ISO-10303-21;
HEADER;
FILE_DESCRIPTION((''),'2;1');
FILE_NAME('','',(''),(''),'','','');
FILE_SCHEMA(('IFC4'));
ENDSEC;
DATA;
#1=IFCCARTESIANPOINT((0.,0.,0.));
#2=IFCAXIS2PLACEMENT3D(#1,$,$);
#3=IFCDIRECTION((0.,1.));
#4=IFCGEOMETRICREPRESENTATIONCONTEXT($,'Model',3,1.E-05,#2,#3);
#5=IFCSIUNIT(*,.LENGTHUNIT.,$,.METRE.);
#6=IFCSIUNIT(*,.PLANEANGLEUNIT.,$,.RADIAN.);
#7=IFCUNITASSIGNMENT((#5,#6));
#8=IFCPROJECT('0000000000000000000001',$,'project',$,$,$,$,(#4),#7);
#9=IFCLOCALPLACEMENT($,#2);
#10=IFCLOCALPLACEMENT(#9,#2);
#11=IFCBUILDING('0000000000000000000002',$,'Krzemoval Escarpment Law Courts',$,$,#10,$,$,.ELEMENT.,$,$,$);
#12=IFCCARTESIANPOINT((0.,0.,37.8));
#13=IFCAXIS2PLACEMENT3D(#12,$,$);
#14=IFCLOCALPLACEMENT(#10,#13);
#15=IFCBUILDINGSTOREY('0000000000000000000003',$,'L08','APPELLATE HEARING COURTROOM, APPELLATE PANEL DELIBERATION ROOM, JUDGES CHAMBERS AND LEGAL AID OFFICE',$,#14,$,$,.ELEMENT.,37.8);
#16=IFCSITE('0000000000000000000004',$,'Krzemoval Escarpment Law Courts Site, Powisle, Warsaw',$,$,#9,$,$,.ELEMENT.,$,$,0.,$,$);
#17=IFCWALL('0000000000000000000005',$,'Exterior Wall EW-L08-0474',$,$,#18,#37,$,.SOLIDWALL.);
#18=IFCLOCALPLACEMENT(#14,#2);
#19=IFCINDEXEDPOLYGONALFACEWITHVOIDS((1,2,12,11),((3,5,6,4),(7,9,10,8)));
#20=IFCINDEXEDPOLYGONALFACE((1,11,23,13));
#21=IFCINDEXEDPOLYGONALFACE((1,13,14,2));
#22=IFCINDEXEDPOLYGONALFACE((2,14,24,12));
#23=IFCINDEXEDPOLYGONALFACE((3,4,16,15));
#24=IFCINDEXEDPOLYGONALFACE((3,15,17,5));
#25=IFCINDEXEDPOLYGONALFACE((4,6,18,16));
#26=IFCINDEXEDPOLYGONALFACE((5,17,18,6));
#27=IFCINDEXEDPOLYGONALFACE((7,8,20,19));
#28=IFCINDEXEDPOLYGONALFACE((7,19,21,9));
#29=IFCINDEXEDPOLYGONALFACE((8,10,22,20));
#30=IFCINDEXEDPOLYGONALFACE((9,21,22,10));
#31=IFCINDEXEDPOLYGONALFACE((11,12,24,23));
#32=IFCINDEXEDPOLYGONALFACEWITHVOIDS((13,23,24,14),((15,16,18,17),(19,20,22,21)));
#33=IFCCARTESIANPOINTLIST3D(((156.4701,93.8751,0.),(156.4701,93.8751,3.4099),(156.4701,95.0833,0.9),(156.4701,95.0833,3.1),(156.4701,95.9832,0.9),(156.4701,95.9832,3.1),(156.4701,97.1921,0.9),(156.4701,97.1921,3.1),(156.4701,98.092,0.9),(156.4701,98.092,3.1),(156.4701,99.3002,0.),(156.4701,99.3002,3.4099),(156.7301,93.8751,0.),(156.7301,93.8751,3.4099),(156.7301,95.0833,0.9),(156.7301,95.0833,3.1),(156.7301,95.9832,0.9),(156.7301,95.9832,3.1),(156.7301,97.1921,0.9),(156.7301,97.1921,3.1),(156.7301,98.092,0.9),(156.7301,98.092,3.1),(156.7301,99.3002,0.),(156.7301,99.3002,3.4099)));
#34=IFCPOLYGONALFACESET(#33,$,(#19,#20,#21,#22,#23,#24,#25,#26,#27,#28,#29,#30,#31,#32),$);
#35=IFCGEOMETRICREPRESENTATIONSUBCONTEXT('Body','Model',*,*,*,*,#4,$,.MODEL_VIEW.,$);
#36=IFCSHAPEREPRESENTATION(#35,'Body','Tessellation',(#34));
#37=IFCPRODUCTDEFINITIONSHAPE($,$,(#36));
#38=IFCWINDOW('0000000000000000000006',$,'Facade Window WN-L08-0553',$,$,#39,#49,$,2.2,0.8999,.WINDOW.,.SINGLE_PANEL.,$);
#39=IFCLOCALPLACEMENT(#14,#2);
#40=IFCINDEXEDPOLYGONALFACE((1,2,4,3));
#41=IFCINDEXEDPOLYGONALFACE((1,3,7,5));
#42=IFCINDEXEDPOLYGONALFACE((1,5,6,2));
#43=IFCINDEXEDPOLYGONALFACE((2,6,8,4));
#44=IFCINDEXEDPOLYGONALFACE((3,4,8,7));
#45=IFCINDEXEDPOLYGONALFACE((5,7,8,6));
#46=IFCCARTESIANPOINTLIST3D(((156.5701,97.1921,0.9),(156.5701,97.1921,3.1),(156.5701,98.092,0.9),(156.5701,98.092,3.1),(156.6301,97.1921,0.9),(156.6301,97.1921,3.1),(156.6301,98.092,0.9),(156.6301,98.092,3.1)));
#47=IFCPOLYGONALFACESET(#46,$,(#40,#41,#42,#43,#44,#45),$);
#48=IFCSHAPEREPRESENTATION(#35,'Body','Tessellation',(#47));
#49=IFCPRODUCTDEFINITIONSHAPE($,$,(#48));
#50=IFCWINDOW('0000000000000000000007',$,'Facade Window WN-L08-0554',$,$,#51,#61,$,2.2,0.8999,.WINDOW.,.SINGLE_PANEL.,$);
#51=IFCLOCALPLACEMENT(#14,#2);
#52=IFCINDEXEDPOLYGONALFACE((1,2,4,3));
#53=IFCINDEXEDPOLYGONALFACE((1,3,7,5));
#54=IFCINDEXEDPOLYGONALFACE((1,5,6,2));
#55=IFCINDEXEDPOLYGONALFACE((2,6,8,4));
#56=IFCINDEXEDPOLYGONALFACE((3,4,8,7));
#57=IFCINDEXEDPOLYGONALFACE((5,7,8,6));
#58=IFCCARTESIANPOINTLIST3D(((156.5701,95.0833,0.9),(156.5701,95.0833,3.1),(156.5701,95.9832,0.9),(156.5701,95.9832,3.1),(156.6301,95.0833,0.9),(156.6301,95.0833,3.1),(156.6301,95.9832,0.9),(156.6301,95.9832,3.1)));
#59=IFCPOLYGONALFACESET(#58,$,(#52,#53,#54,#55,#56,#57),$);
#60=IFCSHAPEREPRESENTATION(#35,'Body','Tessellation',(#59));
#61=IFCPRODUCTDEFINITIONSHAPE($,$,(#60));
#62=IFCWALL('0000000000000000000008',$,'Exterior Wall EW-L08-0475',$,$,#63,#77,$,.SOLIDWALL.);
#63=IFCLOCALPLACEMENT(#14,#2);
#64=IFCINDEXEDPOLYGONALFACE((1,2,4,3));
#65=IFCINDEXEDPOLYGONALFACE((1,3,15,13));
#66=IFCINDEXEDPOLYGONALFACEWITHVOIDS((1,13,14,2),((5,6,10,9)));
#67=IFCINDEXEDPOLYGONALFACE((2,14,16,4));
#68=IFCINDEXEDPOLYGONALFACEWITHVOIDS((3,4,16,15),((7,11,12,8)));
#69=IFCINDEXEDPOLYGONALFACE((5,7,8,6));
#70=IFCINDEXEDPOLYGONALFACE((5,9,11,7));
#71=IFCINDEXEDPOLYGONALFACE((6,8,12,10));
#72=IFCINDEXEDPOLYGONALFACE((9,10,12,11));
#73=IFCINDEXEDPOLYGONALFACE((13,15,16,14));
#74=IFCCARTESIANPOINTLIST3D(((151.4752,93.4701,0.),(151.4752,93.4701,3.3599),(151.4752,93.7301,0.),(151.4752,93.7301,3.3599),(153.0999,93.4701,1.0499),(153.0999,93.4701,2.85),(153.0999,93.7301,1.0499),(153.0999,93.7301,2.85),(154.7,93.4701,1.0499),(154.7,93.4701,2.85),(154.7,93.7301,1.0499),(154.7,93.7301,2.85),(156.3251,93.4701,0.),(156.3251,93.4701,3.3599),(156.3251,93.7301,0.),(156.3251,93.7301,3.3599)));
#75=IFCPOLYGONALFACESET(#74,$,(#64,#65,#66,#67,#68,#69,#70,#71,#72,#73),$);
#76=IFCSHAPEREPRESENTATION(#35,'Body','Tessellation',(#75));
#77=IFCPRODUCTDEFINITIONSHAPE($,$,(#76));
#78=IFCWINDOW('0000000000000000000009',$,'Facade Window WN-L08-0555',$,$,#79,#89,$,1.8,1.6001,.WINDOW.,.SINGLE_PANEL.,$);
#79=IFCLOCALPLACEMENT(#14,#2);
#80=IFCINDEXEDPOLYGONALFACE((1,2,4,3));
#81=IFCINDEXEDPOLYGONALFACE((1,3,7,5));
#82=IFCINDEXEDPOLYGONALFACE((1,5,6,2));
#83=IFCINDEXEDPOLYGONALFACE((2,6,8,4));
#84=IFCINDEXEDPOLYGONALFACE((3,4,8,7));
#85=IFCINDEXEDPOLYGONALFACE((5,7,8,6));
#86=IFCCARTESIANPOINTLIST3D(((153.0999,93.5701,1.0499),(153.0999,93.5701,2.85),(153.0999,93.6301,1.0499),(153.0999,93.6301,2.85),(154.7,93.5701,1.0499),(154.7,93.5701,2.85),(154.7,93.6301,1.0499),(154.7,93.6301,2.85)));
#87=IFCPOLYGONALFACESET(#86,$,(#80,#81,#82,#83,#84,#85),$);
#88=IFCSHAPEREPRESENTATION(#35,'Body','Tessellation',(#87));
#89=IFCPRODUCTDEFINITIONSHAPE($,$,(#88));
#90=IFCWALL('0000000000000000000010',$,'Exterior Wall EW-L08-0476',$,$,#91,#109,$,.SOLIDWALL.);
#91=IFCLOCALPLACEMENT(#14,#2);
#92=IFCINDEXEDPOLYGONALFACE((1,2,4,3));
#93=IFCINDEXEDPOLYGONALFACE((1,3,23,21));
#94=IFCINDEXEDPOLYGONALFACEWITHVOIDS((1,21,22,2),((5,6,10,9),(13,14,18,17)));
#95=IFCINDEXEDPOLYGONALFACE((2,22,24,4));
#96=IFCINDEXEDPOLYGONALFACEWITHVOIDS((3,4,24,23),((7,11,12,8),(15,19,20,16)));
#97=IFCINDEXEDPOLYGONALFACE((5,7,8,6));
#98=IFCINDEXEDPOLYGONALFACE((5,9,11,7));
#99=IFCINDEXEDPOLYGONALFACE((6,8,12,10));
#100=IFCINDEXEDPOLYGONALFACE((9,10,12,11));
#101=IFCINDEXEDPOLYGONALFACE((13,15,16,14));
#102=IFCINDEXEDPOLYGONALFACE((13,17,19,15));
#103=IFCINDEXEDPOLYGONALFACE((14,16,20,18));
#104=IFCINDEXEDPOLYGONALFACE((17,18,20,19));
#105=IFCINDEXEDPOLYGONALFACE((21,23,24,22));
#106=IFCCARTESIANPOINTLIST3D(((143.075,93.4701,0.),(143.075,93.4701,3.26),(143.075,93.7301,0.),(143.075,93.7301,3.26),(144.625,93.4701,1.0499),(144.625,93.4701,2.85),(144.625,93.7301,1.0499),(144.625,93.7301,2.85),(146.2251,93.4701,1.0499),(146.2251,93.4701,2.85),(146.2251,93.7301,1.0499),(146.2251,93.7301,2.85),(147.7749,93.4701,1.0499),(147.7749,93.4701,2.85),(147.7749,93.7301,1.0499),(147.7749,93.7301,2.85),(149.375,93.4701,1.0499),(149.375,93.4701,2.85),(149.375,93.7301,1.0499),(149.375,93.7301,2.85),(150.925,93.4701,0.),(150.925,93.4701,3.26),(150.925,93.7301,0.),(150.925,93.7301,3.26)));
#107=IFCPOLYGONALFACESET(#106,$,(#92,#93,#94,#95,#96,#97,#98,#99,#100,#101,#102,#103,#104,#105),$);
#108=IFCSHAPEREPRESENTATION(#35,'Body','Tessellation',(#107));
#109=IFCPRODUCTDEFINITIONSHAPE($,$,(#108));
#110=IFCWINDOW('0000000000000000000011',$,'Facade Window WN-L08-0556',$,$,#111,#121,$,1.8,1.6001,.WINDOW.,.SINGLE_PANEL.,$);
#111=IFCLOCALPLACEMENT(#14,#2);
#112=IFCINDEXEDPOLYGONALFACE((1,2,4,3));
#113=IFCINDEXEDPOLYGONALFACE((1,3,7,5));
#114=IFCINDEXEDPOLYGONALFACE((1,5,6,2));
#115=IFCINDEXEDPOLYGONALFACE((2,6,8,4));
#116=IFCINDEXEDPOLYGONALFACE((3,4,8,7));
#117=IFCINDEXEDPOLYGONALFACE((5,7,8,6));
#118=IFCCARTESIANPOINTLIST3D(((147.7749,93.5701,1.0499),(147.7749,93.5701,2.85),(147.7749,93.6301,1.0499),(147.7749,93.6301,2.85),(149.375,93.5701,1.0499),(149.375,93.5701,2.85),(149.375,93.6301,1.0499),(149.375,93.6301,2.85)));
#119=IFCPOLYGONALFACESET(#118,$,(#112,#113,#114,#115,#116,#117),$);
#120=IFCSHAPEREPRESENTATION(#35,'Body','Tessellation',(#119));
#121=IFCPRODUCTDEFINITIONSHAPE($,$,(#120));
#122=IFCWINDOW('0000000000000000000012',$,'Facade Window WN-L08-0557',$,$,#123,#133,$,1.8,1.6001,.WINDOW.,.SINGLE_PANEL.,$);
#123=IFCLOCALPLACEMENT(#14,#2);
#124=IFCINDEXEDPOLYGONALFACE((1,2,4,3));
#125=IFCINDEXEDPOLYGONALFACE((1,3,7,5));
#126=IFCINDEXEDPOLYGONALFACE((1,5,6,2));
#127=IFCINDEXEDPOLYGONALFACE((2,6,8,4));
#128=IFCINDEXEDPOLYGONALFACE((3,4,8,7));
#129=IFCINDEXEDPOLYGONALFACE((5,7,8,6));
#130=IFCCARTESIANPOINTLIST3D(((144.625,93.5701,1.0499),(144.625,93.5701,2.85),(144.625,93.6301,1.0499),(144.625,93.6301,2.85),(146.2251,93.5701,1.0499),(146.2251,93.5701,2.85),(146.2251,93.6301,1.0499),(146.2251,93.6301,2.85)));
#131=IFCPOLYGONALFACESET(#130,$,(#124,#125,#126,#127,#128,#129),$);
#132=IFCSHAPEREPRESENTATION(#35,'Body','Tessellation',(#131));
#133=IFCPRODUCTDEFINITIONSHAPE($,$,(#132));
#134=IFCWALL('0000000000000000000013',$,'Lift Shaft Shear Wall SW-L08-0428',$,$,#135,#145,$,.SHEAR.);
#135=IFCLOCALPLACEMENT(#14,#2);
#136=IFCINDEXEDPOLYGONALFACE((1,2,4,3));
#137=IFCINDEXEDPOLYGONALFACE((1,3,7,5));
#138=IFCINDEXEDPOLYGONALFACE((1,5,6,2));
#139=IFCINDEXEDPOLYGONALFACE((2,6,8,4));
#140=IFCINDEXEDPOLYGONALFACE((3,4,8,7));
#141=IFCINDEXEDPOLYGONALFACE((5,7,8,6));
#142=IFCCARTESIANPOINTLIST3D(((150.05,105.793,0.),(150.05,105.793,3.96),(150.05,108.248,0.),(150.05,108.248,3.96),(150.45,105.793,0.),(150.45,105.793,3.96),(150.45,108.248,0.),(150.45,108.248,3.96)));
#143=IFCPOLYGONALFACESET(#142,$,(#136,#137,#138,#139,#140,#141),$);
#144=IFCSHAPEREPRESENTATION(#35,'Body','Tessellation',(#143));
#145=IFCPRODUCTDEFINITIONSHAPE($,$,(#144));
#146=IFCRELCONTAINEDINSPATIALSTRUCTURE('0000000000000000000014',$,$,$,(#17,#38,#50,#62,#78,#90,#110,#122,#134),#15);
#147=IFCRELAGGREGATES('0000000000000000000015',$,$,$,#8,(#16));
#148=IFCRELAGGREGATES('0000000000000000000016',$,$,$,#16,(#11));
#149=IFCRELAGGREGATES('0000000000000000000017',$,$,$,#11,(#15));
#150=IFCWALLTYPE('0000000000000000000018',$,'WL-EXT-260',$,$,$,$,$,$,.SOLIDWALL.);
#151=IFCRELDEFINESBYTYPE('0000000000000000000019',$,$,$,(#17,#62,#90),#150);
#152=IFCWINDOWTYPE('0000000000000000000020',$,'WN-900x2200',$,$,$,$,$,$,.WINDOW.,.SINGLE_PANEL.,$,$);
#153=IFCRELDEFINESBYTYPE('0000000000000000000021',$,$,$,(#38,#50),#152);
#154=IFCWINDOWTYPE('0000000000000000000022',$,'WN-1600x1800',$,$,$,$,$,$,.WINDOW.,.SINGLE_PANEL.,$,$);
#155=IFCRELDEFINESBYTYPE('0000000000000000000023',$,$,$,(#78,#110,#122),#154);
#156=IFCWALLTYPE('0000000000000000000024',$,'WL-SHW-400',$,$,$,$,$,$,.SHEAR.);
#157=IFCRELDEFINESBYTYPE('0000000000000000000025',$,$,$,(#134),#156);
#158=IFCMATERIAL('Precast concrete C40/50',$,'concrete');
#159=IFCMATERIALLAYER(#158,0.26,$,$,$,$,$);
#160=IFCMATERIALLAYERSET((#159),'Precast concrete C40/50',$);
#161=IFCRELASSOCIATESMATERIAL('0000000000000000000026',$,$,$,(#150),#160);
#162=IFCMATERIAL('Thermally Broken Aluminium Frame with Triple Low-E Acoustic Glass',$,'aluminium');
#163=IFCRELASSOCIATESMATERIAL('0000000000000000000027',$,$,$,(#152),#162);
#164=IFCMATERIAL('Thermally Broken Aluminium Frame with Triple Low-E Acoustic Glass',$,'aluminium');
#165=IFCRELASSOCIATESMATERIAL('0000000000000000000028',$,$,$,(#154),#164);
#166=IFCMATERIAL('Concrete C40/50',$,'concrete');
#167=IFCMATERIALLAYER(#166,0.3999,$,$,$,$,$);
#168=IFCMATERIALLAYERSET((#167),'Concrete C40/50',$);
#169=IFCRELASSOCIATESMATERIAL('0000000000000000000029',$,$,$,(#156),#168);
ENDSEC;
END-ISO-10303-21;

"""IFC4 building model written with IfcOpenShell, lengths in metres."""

from ifc_helpers import new_model, si_unit, direction, frame, frame_2d, origin, place, context, subcontext, project, spatial, rectangle, extrude, material, layer, layer_set, type_object, element, fill, save


model = new_model("IFC4")

# Units and contexts
model_context = context("Model", 3, precision=1e-05, world=origin(), true_north=direction((0.0, 1.0)))
body_context = subcontext(model_context, "Body", "Model", "MODEL_VIEW")
ifc_project = project(units=[si_unit("LENGTHUNIT", "METRE"), si_unit("PLANEANGLEUNIT", "RADIAN")], contexts=[model_context])

# Site, building, storey
site_placement = place(None, origin())
site = spatial("IfcSite", under=ifc_project, at=site_placement, Name="Krzemoval Escarpment Law Courts Site, Powisle, Warsaw", CompositionType="ELEMENT", RefElevation=0.0)
building_placement = place(site_placement, origin())
building = spatial("IfcBuilding", under=site, at=building_placement, Name="Krzemoval Escarpment Law Courts", CompositionType="ELEMENT")
storey_placement = place(building_placement, frame((0.0, 0.0, 37.8)))
storey = spatial("IfcBuildingStorey", under=building, at=storey_placement, Name="L08", Description="APPELLATE HEARING COURTROOM, APPELLATE PANEL DELIBERATION ROOM, JUDGES CHAMBERS AND LEGAL AID OFFICE", CompositionType="ELEMENT", Elevation=37.8)

# Shared definitions
ifc_material_1 = material(Name="Precast concrete C40/50", Category="concrete")
ifc_layer_1 = layer(ifc_material_1, 0.26)
ifc_layer_set_1 = layer_set([ifc_layer_1], Name="Precast concrete C40/50")
wall_type_1 = type_object("IfcWallType", Name="WL-EXT-260", PredefinedType="SOLIDWALL", material=ifc_layer_set_1)

# Wall, openings, windows
wall_1_placement = place(storey_placement, frame((156.6001, 99.3, 0.0), z_axis=(0.0, 0.0, 1.0), x_axis=(0.0, -1.0, 0.0)))
wall_1 = element("IfcWall", 1, at=wall_1_placement, inside=storey, type_object=wall_type_1, Name="Exterior Wall EW-L08-0474", PredefinedType="SOLIDWALL", context=body_context, shape_type="SweptSolid", body=[
    extrude(rectangle(XDim=5.425, YDim=0.26, at=frame_2d((2.7124, 0.0))), origin(), (0.0, 0.0, 1.0), 3.4099),
])
opening_1_placement = place(wall_1_placement, frame((1.208, 0.0, 0.8999)))
opening_1 = element("IfcOpeningElement", 2, at=opening_1_placement, cuts=wall_1, PredefinedType="OPENING", context=body_context, shape_type="SweptSolid", body=[
    extrude(rectangle(XDim=0.8999, YDim=2.2, at=frame_2d((0.45, 1.1001))), frame((0.0, 0.145, 0.0), z_axis=(0.0, -1.0, 0.0), x_axis=(1.0, 0.0, 0.0)), (0.0, 0.0, 1.0), 0.29),
])
opening_2_placement = place(wall_1_placement, frame((3.3169, 0.0, 0.8999)))
opening_2 = element("IfcOpeningElement", 3, at=opening_2_placement, cuts=wall_1, PredefinedType="OPENING", context=body_context, shape_type="SweptSolid", body=[
    extrude(rectangle(XDim=0.8999, YDim=2.2, at=frame_2d((0.45, 1.1001))), frame((0.0, 0.145, 0.0), z_axis=(0.0, -1.0, 0.0), x_axis=(1.0, 0.0, 0.0)), (0.0, 0.0, 1.0), 0.29),
])
ifc_material_2 = material(Name="Thermally Broken Aluminium Frame with Triple Low-E Acoustic Glass", Category="aluminium")
window_type_1 = type_object("IfcWindowType", Name="WN-900x2200", PartitioningType="SINGLE_PANEL", PredefinedType="WINDOW", material=ifc_material_2)
window_1_placement = place(opening_1_placement, origin())
window_1 = element("IfcWindow", 4, at=window_1_placement, inside=storey, type_object=window_type_1, Name="Facade Window WN-L08-0553", OverallHeight=2.2, OverallWidth=0.8999, PartitioningType="SINGLE_PANEL", PredefinedType="WINDOW", context=body_context, shape_type="SweptSolid", body=[
    extrude(rectangle(XDim=0.8999, YDim=2.2, at=frame_2d((0.45, 1.1001))), frame((0.0, 0.03, 0.0), z_axis=(0.0, -1.0, 0.0), x_axis=(1.0, 0.0, 0.0)), (0.0, 0.0, 1.0), 0.0601),
])
fill(opening_1, window_1)
window_2_placement = place(opening_2_placement, origin())
window_2 = element("IfcWindow", 5, at=window_2_placement, inside=storey, type_object=window_type_1, Name="Facade Window WN-L08-0554", OverallHeight=2.2, OverallWidth=0.8999, PartitioningType="SINGLE_PANEL", PredefinedType="WINDOW", context=body_context, shape_type="SweptSolid", body=[
    extrude(rectangle(XDim=0.8999, YDim=2.2, at=frame_2d((0.45, 1.1001))), frame((0.0, 0.03, 0.0), z_axis=(0.0, -1.0, 0.0), x_axis=(1.0, 0.0, 0.0)), (0.0, 0.0, 1.0), 0.0601),
])
fill(opening_2, window_2)

# Wall, opening, window
wall_2_placement = place(storey_placement, frame((156.325, 93.6001, 0.0), z_axis=(0.0, 0.0, 1.0), x_axis=(-1.0, 0.0, 0.0)))
wall_2 = element("IfcWall", 6, at=wall_2_placement, inside=storey, type_object=wall_type_1, Name="Exterior Wall EW-L08-0475", PredefinedType="SOLIDWALL", context=body_context, shape_type="SweptSolid", body=[
    extrude(rectangle(XDim=4.8499, YDim=0.26, at=frame_2d((2.4248, 0.0))), origin(), (0.0, 0.0, 1.0), 3.3599),
])
opening_3_placement = place(wall_2_placement, frame((1.625, 0.0, 1.05)))
opening_3 = element("IfcOpeningElement", 7, at=opening_3_placement, cuts=wall_2, PredefinedType="OPENING", context=body_context, shape_type="SweptSolid", body=[
    extrude(rectangle(XDim=1.6001, YDim=1.8, at=frame_2d((0.8, 0.8999))), frame((0.0, 0.145, 0.0), z_axis=(0.0, -1.0, 0.0), x_axis=(1.0, 0.0, 0.0)), (0.0, 0.0, 1.0), 0.29),
])
ifc_material_3 = material(Name="Thermally Broken Aluminium Frame with Triple Low-E Acoustic Glass", Category="aluminium")
window_type_2 = type_object("IfcWindowType", Name="WN-1600x1800", PartitioningType="SINGLE_PANEL", PredefinedType="WINDOW", material=ifc_material_3)
window_3_placement = place(opening_3_placement, origin())
window_3 = element("IfcWindow", 8, at=window_3_placement, inside=storey, type_object=window_type_2, Name="Facade Window WN-L08-0555", OverallHeight=1.8, OverallWidth=1.6001, PartitioningType="SINGLE_PANEL", PredefinedType="WINDOW", context=body_context, shape_type="SweptSolid", body=[
    extrude(rectangle(XDim=1.6001, YDim=1.8, at=frame_2d((0.8, 0.8999))), frame((0.0, 0.03, 0.0), z_axis=(0.0, -1.0, 0.0), x_axis=(1.0, 0.0, 0.0)), (0.0, 0.0, 1.0), 0.0601),
])
fill(opening_3, window_3)

# Wall, openings, windows
wall_3_placement = place(storey_placement, frame((150.925, 93.6001, 0.0), z_axis=(0.0, 0.0, 1.0), x_axis=(-1.0, 0.0, 0.0)))
wall_3 = element("IfcWall", 9, at=wall_3_placement, inside=storey, type_object=wall_type_1, Name="Exterior Wall EW-L08-0476", PredefinedType="SOLIDWALL", context=body_context, shape_type="SweptSolid", body=[
    extrude(rectangle(XDim=7.8501, YDim=0.26, at=frame_2d((3.925, 0.0))), origin(), (0.0, 0.0, 1.0), 3.26),
])
opening_4_placement = place(wall_3_placement, frame((1.55, 0.0, 1.05)))
opening_4 = element("IfcOpeningElement", 10, at=opening_4_placement, cuts=wall_3, PredefinedType="OPENING", context=body_context, shape_type="SweptSolid", body=[
    extrude(rectangle(XDim=1.6001, YDim=1.8, at=frame_2d((0.8, 0.8999))), frame((0.0, 0.145, 0.0), z_axis=(0.0, -1.0, 0.0), x_axis=(1.0, 0.0, 0.0)), (0.0, 0.0, 1.0), 0.29),
])
opening_5_placement = place(wall_3_placement, frame((4.7, 0.0, 1.05)))
opening_5 = element("IfcOpeningElement", 11, at=opening_5_placement, cuts=wall_3, PredefinedType="OPENING", context=body_context, shape_type="SweptSolid", body=[
    extrude(rectangle(XDim=1.6001, YDim=1.8, at=frame_2d((0.8, 0.8999))), frame((0.0, 0.145, 0.0), z_axis=(0.0, -1.0, 0.0), x_axis=(1.0, 0.0, 0.0)), (0.0, 0.0, 1.0), 0.29),
])
window_4_placement = place(opening_4_placement, origin())
window_4 = element("IfcWindow", 12, at=window_4_placement, inside=storey, type_object=window_type_2, Name="Facade Window WN-L08-0556", OverallHeight=1.8, OverallWidth=1.6001, PartitioningType="SINGLE_PANEL", PredefinedType="WINDOW", context=body_context, shape_type="SweptSolid", body=[
    extrude(rectangle(XDim=1.6001, YDim=1.8, at=frame_2d((0.8, 0.8999))), frame((0.0, 0.03, 0.0), z_axis=(0.0, -1.0, 0.0), x_axis=(1.0, 0.0, 0.0)), (0.0, 0.0, 1.0), 0.0601),
])
fill(opening_4, window_4)
window_5_placement = place(opening_5_placement, origin())
window_5 = element("IfcWindow", 13, at=window_5_placement, inside=storey, type_object=window_type_2, Name="Facade Window WN-L08-0557", OverallHeight=1.8, OverallWidth=1.6001, PartitioningType="SINGLE_PANEL", PredefinedType="WINDOW", context=body_context, shape_type="SweptSolid", body=[
    extrude(rectangle(XDim=1.6001, YDim=1.8, at=frame_2d((0.8, 0.8999))), frame((0.0, 0.03, 0.0), z_axis=(0.0, -1.0, 0.0), x_axis=(1.0, 0.0, 0.0)), (0.0, 0.0, 1.0), 0.0601),
])
fill(opening_5, window_5)

# Wall
ifc_material_4 = material(Name="Concrete C40/50", Category="concrete")
ifc_layer_2 = layer(ifc_material_4, 0.3999)
ifc_layer_set_2 = layer_set([ifc_layer_2], Name="Concrete C40/50")
wall_type_2 = type_object("IfcWallType", Name="WL-SHW-400", PredefinedType="SHEAR", material=ifc_layer_set_2)
wall_4_placement = place(storey_placement, frame((150.25, 105.793, 0.0), z_axis=(0.0, 0.0, 1.0), x_axis=(0.0, 1.0, 0.0)))
element("IfcWall", 14, at=wall_4_placement, inside=storey, type_object=wall_type_2, Name="Lift Shaft Shear Wall SW-L08-0428", PredefinedType="SHEAR", context=body_context, shape_type="SweptSolid", body=[
    extrude(rectangle(XDim=2.4551, YDim=0.3999, at=frame_2d((1.2275, 0.0))), origin(), (0.0, 0.0, 1.0), 3.96),
])

save(model, "model.ifc")
